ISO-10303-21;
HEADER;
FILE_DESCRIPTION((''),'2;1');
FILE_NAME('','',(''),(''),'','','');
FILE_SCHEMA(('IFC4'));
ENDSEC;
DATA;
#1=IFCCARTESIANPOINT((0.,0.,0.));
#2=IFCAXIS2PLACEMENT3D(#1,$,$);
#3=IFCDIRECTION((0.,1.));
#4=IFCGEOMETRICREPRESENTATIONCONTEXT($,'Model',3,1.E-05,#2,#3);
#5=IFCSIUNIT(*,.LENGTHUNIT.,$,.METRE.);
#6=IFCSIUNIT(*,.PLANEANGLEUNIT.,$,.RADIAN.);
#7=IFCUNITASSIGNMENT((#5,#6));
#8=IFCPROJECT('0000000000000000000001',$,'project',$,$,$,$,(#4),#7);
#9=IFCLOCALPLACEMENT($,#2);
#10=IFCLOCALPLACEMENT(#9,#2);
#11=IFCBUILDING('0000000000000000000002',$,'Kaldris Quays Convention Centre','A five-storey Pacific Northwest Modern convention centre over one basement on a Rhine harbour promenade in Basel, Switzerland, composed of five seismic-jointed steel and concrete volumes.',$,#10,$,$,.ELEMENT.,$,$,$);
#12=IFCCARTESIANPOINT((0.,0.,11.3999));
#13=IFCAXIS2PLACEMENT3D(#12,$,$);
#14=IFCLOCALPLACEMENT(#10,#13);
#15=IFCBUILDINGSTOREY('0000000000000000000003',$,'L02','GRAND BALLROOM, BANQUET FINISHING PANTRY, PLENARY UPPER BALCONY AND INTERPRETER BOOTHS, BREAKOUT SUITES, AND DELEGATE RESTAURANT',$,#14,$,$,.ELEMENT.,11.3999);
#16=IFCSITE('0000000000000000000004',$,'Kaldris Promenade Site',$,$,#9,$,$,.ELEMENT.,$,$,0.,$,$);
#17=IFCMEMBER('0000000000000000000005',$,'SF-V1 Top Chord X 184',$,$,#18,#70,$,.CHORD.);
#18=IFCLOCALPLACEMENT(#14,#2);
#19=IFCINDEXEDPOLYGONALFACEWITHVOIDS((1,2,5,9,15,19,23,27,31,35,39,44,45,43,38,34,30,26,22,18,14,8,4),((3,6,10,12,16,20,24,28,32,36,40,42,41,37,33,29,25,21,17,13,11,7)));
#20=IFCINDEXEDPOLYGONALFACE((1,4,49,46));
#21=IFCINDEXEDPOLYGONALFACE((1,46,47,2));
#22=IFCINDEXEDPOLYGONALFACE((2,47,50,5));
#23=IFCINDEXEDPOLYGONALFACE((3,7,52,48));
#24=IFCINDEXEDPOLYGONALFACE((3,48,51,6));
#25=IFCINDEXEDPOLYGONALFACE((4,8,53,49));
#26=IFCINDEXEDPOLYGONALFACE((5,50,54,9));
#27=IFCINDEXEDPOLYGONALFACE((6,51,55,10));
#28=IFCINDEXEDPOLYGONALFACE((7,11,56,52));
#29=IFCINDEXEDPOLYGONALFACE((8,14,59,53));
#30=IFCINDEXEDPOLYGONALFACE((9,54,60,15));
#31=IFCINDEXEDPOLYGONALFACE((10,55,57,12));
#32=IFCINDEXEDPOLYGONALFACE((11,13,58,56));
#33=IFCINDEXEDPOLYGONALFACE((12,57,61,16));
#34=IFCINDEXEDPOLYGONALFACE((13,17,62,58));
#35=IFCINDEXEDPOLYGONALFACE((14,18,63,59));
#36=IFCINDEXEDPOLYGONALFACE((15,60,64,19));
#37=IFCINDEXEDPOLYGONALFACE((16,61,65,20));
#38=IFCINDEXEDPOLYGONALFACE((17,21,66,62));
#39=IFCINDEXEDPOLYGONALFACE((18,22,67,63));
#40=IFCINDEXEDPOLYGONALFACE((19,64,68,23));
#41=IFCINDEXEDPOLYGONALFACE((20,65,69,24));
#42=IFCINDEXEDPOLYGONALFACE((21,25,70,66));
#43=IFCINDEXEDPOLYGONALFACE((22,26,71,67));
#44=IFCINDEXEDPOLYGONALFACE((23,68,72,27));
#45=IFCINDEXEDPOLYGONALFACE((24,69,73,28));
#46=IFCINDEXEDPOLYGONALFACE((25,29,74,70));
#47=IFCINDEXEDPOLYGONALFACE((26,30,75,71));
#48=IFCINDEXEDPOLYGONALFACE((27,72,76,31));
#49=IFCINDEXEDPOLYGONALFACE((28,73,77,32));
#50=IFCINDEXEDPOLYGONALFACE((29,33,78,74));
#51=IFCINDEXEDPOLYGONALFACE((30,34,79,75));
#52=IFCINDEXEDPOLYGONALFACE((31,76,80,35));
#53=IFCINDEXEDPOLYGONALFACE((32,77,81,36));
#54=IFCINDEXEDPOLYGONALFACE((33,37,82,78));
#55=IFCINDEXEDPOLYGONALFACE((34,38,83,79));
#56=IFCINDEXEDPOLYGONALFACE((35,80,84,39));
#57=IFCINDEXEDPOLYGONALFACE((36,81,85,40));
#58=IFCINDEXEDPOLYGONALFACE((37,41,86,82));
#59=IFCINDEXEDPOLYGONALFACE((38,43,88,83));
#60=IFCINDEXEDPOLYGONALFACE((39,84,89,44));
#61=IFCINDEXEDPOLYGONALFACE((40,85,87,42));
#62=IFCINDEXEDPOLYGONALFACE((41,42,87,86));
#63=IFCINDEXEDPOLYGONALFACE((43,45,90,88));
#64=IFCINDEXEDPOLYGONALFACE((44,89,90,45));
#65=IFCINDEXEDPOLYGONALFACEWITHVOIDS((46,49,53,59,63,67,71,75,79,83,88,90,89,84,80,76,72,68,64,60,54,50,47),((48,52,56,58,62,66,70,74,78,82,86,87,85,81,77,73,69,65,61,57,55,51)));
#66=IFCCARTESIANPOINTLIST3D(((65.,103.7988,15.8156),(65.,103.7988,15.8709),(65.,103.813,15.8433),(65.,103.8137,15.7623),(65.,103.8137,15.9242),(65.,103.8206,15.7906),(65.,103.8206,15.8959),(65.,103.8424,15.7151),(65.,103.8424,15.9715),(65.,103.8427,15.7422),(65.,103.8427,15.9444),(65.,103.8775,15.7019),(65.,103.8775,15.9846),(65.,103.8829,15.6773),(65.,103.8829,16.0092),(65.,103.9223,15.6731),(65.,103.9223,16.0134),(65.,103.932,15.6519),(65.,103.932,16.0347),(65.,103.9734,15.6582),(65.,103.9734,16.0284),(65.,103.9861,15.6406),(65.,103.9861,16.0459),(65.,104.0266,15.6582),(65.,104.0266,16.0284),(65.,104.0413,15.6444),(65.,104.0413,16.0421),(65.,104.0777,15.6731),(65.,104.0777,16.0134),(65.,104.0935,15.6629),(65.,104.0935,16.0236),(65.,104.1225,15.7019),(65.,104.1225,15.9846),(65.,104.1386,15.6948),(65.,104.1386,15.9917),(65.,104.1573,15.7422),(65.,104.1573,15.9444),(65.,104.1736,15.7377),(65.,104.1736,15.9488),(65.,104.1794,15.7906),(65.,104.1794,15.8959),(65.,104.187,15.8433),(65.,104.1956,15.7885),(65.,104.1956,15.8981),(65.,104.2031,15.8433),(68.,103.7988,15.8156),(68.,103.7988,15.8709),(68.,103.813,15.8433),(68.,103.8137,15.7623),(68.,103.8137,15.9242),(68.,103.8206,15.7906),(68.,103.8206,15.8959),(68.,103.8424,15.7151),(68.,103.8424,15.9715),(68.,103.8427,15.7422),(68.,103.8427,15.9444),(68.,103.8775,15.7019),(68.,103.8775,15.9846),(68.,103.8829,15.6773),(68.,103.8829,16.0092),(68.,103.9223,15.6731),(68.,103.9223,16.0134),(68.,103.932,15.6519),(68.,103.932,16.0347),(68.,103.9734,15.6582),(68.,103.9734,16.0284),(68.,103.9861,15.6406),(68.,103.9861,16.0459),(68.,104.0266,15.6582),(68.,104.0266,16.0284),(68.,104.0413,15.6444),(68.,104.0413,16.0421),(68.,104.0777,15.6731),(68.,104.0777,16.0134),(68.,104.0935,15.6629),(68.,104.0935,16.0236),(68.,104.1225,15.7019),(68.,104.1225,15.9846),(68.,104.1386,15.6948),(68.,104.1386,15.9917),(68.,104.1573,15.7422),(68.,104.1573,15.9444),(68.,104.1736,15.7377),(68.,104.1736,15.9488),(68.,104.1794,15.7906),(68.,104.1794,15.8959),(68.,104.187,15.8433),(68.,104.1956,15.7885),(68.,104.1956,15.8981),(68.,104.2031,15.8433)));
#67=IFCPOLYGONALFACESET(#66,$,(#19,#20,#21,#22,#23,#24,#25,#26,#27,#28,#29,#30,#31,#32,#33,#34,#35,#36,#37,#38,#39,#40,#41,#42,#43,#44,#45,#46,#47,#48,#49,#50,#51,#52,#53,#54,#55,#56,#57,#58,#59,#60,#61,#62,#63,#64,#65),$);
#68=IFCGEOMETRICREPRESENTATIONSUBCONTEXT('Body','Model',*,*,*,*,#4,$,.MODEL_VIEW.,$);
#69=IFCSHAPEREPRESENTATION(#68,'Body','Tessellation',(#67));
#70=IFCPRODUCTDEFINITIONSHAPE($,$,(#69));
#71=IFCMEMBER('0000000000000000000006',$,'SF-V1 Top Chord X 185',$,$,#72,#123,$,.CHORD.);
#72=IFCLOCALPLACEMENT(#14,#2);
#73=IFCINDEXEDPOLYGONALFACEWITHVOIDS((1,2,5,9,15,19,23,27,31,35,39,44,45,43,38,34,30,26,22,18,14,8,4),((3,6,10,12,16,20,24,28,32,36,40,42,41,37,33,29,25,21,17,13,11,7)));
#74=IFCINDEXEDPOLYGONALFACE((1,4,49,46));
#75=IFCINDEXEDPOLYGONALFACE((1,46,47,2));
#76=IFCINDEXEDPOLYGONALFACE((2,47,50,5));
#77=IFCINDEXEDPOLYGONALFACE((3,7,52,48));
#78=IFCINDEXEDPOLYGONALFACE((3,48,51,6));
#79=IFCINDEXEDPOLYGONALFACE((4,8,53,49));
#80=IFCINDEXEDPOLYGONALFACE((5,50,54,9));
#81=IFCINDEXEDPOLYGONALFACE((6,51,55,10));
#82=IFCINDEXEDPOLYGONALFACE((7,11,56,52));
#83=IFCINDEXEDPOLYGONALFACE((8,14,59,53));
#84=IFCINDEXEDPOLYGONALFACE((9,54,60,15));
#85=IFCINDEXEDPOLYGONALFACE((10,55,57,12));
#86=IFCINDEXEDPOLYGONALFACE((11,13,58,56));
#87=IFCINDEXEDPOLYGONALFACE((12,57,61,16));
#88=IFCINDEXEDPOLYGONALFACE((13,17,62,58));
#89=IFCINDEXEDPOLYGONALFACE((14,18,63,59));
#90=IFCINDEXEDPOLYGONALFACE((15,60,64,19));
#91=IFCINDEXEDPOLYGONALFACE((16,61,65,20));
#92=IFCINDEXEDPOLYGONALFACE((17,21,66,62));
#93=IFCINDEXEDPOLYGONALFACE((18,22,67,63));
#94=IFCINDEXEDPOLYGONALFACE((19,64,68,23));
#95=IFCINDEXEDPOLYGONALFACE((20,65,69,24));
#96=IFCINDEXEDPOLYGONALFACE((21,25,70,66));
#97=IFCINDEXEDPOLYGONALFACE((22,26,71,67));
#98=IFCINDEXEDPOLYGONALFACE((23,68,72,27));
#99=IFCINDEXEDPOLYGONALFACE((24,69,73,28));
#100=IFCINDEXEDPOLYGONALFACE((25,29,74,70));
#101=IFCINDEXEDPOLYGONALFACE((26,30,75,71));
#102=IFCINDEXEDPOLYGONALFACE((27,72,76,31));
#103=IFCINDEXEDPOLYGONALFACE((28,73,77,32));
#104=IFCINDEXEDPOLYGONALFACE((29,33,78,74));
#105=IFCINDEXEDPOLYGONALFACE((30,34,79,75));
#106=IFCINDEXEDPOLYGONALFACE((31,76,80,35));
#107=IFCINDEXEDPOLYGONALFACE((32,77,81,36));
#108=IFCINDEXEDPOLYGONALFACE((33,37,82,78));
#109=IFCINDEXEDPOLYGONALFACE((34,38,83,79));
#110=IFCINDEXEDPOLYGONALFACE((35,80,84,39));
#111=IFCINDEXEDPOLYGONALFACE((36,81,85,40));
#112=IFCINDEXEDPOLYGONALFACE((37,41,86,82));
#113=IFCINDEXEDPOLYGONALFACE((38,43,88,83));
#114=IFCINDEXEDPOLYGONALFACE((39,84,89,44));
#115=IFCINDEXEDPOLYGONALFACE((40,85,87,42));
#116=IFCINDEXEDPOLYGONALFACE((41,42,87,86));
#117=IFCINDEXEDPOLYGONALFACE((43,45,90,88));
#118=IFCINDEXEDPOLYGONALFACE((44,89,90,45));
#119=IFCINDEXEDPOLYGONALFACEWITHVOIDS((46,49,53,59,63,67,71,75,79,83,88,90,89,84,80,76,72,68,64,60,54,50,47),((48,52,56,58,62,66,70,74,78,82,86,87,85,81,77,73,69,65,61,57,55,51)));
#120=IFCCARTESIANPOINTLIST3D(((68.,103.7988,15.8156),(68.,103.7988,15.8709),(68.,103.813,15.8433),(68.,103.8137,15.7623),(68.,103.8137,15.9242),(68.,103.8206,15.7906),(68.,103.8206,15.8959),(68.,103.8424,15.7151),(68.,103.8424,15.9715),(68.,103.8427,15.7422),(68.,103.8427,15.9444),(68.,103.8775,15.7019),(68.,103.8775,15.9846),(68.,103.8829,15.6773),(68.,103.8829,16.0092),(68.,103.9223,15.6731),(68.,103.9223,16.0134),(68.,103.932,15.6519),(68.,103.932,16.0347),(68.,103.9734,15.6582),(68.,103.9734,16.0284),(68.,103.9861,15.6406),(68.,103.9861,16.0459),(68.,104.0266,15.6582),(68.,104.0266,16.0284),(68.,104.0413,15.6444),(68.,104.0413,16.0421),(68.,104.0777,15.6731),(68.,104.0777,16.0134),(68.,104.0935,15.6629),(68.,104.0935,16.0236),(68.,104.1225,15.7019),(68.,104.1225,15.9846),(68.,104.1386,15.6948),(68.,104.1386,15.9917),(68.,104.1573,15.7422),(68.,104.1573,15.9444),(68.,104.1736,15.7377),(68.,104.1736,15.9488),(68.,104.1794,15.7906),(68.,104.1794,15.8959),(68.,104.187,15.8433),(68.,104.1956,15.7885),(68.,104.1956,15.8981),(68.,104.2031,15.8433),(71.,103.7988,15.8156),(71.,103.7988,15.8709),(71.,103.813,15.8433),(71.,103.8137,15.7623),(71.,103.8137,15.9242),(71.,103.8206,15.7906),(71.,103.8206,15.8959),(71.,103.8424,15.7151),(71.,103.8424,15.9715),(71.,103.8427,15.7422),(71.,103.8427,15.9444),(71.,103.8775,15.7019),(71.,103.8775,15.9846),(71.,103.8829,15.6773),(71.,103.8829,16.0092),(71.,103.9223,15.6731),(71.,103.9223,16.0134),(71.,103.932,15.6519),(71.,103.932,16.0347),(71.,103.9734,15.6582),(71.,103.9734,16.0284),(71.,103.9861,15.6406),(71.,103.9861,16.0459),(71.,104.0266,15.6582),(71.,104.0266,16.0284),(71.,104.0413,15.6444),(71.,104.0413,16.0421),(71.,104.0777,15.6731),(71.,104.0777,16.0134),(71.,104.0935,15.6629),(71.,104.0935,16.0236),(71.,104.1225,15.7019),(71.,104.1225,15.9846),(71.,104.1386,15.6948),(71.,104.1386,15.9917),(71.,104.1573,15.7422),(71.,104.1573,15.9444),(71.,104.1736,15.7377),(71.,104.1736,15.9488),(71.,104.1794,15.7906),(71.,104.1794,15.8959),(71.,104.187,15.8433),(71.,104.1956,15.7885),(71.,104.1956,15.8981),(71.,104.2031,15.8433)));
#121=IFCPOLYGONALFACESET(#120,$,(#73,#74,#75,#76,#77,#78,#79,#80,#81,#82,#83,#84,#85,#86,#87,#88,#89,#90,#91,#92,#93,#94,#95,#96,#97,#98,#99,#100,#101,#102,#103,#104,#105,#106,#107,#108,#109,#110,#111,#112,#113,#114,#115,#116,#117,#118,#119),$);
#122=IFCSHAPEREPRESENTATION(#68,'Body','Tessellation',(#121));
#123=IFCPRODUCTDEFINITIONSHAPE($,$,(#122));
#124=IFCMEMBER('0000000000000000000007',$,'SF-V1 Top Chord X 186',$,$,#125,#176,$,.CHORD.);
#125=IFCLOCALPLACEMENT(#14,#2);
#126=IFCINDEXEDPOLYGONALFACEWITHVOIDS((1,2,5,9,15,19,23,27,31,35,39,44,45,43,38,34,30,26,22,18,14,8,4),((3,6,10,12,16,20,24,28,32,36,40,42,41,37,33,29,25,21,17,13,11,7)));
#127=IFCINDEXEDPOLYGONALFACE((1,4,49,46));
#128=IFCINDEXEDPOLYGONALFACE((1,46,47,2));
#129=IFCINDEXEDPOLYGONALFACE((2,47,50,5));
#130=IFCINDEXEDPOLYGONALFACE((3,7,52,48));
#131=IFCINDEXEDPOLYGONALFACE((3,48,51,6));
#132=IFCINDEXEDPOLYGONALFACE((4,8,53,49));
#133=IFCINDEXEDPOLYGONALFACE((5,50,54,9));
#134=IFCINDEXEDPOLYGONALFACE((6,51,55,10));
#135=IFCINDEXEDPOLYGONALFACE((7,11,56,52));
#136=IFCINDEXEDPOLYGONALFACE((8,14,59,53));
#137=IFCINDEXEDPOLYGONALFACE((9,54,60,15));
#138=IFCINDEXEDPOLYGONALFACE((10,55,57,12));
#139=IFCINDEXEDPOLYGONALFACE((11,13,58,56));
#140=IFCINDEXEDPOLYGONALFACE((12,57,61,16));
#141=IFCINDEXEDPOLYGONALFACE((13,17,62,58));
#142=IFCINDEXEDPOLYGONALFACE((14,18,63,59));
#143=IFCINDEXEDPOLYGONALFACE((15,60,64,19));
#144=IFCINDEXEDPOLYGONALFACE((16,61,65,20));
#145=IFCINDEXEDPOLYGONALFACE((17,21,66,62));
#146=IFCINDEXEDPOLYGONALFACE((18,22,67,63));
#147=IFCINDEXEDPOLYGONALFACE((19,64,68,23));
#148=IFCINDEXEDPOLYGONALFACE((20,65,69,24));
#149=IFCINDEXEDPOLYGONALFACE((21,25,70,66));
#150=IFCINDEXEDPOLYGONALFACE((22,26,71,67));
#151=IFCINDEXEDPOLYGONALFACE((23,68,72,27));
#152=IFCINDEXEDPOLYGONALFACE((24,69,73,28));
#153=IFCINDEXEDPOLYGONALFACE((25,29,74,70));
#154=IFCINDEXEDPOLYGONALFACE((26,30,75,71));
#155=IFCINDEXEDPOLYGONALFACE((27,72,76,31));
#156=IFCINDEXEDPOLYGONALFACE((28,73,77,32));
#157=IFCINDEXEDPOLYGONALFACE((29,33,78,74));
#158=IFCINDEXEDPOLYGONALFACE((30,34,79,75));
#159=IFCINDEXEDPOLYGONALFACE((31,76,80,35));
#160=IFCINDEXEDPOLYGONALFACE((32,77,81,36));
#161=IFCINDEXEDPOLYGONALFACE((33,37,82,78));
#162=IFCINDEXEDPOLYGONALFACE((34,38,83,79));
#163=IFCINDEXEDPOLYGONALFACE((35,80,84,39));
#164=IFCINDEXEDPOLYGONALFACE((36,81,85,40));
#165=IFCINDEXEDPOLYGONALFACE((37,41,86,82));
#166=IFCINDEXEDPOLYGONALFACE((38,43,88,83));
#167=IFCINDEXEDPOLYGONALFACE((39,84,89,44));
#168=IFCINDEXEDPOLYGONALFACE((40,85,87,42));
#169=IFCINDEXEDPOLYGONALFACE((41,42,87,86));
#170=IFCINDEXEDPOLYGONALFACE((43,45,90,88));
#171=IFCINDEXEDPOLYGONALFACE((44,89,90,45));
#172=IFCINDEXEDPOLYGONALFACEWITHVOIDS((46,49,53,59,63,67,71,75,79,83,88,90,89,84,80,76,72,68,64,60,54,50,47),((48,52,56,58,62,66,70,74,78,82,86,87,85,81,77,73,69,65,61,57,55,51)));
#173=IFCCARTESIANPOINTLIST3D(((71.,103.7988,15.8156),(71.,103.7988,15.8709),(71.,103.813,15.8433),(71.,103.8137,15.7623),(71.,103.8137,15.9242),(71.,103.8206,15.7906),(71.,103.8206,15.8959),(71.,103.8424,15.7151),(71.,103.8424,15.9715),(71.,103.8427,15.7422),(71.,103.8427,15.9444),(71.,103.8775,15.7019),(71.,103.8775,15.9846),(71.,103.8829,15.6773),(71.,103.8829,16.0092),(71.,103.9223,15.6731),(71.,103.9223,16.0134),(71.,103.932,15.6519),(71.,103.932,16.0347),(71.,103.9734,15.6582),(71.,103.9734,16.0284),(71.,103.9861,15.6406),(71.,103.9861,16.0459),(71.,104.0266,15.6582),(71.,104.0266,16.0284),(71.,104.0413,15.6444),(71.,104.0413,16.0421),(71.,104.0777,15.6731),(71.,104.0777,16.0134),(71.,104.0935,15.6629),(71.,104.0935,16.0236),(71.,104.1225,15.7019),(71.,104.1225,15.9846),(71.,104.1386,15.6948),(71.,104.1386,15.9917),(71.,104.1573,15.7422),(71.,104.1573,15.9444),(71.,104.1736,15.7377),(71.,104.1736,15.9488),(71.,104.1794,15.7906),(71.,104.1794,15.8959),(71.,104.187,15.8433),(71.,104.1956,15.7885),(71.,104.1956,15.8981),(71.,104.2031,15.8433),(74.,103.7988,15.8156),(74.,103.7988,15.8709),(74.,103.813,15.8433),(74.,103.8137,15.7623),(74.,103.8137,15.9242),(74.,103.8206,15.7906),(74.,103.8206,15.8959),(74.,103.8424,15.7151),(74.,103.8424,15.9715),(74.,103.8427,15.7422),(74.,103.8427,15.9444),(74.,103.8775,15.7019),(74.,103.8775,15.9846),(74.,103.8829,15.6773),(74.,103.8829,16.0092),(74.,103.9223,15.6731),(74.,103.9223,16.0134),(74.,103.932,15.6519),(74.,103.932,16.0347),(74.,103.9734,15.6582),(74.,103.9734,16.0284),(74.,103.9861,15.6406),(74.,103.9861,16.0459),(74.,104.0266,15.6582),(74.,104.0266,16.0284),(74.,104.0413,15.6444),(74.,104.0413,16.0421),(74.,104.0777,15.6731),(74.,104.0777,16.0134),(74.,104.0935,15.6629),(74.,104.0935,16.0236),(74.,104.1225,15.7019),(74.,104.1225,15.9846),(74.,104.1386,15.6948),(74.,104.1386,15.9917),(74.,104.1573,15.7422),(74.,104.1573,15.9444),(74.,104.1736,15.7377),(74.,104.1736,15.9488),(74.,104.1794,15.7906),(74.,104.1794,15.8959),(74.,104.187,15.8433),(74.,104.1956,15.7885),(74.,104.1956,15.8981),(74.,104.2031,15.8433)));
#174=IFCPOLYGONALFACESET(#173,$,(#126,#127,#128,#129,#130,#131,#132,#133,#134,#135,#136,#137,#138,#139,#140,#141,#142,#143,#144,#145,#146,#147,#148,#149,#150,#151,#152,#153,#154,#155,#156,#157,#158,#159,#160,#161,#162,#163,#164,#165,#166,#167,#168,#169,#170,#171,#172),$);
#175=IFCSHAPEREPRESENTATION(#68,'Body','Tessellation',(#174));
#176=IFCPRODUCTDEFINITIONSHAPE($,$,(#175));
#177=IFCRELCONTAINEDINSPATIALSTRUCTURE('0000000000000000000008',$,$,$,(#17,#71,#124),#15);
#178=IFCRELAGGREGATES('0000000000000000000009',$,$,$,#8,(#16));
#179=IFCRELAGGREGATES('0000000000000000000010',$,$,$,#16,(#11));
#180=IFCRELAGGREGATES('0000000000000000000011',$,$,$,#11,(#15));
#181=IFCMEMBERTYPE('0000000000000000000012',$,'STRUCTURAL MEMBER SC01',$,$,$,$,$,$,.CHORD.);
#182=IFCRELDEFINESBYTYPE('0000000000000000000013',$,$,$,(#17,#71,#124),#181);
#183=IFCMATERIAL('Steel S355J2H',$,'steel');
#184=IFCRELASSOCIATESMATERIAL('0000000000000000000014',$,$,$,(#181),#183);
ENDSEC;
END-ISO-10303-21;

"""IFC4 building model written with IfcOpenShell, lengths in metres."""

from ifc_helpers import new_model, si_unit, direction, frame, origin, origin_2d, place, context, subcontext, project, spatial, hollow_circle, extrude, material, material_profile, profile_set, type_object, element, save


model = new_model("IFC4")

# Units and contexts
model_context = context("Model", 3, precision=1e-05, world=origin(), true_north=direction((0.0, 1.0)))
body_context = subcontext(model_context, "Body", "Model", "MODEL_VIEW")
ifc_project = project(units=[si_unit("LENGTHUNIT", "METRE"), si_unit("PLANEANGLEUNIT", "RADIAN")], contexts=[model_context])

# Site, building, storey
site_placement = place(None, origin())
site = spatial("IfcSite", under=ifc_project, at=site_placement, Name="Kaldris Promenade Site", CompositionType="ELEMENT", RefElevation=0.0)
building_placement = place(site_placement, origin())
building = spatial("IfcBuilding", under=site, at=building_placement, Name="Kaldris Quays Convention Centre", Description="A five-storey Pacific Northwest Modern convention centre over one basement on a Rhine harbour promenade in Basel, Switzerland, composed of five seismic-jointed steel and concrete volumes.", CompositionType="ELEMENT")
storey_placement = place(building_placement, frame((0.0, 0.0, 11.3999)))
storey = spatial("IfcBuildingStorey", under=building, at=storey_placement, Name="L02", Description="GRAND BALLROOM, BANQUET FINISHING PANTRY, PLENARY UPPER BALCONY AND INTERPRETER BOOTHS, BREAKOUT SUITES, AND DELEGATE RESTAURANT", CompositionType="ELEMENT", Elevation=11.3999)

# Members
ifc_material_1 = material(Name="Steel S355J2H", Category="steel")
ifc_material_profile_1 = material_profile(ifc_material_1, hollow_circle(Radius=0.2031, WallThickness=0.0161, at=origin_2d()), Name="CHS 406.4x16")
ifc_profile_set_1 = profile_set([ifc_material_profile_1], Name="Steel S355J2H")
member_type_1 = type_object("IfcMemberType", Name="STRUCTURAL MEMBER SC01", PredefinedType="CHORD", material=ifc_profile_set_1)
for number, where, z_axis, x_axis, name in (
    (1, (65.0, 104.0, 15.8433), (1.0, 0.0, 0.0), (0.0, 1.0, 0.0), "SF-V1 Top Chord X 184"),
    (2, (68.0, 104.0, 15.8433), (1.0, 0.0, 0.0), (0.0, 1.0, 0.0), "SF-V1 Top Chord X 185"),
    (3, (71.0, 104.0, 15.8433), (1.0, 0.0, 0.0), (0.0, 1.0, 0.0), "SF-V1 Top Chord X 186"),
):
    element("IfcMember", number, at=place(storey_placement, frame(where, z_axis=z_axis, x_axis=x_axis)), inside=storey, type_object=member_type_1, Name=name, PredefinedType="CHORD", context=body_context, shape_type="SweptSolid", body=[
        extrude(hollow_circle(Radius=0.2031, WallThickness=0.0161, at=origin_2d()), origin(), (0.0, 0.0, 1.0), 3.0),
    ])

save(model, "model.ifc")
